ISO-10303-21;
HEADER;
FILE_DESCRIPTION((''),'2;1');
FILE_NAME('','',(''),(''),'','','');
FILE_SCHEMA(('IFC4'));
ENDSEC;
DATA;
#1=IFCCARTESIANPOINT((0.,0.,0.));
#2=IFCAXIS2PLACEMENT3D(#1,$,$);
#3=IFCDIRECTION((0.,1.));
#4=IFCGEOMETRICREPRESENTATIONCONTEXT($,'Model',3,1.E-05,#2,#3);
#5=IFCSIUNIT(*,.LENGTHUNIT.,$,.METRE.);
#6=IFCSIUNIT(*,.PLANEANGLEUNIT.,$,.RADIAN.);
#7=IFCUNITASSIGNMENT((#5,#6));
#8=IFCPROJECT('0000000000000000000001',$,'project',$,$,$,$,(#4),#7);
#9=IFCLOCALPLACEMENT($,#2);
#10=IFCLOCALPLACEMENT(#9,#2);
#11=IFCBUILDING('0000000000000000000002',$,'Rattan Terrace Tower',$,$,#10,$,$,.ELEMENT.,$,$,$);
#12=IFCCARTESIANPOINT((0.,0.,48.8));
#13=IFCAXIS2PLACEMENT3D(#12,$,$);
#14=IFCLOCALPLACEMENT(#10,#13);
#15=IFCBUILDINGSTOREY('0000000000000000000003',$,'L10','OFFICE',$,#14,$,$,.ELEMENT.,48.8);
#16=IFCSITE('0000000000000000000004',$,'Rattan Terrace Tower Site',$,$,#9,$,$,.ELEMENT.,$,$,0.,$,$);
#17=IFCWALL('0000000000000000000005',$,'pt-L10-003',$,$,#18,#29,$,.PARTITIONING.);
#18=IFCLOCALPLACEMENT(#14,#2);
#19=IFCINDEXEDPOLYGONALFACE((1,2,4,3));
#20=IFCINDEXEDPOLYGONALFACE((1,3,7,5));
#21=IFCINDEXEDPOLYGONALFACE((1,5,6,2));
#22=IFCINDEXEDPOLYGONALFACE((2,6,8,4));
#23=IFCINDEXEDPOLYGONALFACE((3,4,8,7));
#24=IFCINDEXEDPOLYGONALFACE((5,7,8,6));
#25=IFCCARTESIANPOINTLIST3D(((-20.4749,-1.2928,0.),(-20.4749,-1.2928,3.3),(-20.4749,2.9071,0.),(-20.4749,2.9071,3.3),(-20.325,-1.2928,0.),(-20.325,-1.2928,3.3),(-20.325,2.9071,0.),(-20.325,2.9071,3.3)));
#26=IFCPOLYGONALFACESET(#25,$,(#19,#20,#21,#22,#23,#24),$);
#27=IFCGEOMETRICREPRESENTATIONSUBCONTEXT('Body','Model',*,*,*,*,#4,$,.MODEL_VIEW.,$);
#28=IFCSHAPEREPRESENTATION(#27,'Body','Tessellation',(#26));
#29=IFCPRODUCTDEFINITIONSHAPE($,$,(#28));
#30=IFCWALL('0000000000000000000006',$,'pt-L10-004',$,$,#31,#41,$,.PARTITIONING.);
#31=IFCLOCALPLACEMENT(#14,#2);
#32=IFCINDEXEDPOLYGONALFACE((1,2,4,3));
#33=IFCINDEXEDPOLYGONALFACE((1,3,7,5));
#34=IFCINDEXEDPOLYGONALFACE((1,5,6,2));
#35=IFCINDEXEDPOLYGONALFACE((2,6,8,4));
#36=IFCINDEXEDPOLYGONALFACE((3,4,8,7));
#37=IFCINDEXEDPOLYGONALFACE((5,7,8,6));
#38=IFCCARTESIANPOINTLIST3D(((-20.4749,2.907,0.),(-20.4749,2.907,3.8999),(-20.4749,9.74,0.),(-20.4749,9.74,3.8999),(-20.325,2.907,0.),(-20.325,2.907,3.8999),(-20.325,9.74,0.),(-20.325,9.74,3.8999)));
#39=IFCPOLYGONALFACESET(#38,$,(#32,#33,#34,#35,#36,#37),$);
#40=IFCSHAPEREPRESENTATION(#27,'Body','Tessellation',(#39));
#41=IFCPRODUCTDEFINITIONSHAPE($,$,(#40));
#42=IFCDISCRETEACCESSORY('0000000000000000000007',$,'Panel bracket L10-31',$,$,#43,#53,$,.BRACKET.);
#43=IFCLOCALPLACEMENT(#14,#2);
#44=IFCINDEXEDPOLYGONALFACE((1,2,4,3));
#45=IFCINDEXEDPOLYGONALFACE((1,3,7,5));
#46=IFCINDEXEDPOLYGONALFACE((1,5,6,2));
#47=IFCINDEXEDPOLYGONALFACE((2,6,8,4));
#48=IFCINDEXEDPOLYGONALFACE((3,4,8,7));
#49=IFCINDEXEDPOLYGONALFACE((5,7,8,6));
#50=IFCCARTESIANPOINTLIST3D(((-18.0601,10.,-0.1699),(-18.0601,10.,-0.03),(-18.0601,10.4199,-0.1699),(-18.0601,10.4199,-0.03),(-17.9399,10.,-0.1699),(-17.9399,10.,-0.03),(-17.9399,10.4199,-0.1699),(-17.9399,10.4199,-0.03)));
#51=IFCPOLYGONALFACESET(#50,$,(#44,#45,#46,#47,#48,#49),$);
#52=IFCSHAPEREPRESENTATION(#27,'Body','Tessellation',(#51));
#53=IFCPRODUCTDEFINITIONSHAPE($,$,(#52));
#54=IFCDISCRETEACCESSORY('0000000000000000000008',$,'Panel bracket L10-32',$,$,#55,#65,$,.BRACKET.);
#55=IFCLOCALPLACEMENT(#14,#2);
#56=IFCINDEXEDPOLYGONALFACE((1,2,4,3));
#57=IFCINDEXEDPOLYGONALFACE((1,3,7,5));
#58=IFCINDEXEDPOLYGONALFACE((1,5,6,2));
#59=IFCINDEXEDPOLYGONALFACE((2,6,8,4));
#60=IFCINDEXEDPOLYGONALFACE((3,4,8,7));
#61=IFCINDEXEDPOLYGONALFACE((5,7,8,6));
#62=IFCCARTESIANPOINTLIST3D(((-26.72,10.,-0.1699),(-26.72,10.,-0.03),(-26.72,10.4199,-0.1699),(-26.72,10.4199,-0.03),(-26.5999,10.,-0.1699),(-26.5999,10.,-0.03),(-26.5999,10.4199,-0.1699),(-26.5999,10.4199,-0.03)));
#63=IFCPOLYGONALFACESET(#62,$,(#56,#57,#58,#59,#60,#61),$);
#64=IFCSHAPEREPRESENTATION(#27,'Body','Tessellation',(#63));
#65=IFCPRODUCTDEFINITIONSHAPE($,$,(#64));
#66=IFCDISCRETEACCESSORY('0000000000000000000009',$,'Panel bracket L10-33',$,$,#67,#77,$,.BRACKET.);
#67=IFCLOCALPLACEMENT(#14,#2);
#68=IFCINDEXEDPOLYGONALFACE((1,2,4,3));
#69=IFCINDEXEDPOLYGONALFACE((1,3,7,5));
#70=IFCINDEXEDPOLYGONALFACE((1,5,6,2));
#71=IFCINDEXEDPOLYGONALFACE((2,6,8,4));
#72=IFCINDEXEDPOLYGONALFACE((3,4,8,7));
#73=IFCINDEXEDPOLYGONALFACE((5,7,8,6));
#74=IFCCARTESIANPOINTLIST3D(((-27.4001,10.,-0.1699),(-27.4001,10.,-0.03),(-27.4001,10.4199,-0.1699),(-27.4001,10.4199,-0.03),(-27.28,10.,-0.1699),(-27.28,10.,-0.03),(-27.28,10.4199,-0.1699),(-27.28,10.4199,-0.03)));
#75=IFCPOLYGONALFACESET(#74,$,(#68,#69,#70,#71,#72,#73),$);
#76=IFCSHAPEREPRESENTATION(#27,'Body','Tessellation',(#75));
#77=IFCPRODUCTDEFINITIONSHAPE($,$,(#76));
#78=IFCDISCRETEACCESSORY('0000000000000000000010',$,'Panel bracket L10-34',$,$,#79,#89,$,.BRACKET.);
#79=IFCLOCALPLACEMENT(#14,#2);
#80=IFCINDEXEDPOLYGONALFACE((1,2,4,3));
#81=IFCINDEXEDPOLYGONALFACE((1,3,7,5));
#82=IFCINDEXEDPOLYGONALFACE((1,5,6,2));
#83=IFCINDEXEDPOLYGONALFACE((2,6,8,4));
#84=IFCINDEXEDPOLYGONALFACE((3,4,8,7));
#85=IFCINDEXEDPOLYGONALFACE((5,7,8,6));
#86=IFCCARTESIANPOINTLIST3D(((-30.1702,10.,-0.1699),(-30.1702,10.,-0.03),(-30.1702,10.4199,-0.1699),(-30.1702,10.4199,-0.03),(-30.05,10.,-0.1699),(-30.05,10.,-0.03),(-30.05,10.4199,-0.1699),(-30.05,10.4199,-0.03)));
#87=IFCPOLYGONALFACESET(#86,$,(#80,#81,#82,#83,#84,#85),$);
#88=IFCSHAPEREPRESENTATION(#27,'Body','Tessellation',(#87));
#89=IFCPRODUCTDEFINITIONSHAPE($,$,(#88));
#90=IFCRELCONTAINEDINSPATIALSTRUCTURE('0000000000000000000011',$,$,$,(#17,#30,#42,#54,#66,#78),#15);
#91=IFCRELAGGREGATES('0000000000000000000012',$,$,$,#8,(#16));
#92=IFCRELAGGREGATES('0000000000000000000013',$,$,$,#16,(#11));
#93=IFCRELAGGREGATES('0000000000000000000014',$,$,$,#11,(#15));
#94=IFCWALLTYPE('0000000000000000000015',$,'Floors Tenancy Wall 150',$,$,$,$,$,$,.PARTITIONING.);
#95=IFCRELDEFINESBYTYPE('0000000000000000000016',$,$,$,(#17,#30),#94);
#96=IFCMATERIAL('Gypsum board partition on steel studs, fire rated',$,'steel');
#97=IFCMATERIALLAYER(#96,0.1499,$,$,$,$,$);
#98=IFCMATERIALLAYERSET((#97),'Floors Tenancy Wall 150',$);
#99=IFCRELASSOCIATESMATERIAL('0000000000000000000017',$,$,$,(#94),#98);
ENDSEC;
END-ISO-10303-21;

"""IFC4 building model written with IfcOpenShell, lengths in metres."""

from ifc_helpers import new_model, si_unit, direction, frame, frame_2d, origin, origin_2d, place, context, subcontext, project, spatial, rectangle, extrude, material, layer, layer_set, type_object, element, save


model = new_model("IFC4")

# Units and contexts
model_context = context("Model", 3, precision=1e-05, world=origin(), true_north=direction((0.0, 1.0)))
body_context = subcontext(model_context, "Body", "Model", "MODEL_VIEW")
ifc_project = project(units=[si_unit("LENGTHUNIT", "METRE"), si_unit("PLANEANGLEUNIT", "RADIAN")], contexts=[model_context])

# Site, building, storey
site_placement = place(None, origin())
site = spatial("IfcSite", under=ifc_project, at=site_placement, Name="Rattan Terrace Tower Site", CompositionType="ELEMENT", RefElevation=0.0)
building_placement = place(site_placement, origin())
building = spatial("IfcBuilding", under=site, at=building_placement, Name="Rattan Terrace Tower", CompositionType="ELEMENT")
storey_placement = place(building_placement, frame((0.0, 0.0, 48.8)))
storey = spatial("IfcBuildingStorey", under=building, at=storey_placement, Name="L10", Description="OFFICE", CompositionType="ELEMENT", Elevation=48.8)

# Walls
ifc_material_1 = material(Name="Gypsum board partition on steel studs, fire rated", Category="steel")
ifc_layer_1 = layer(ifc_material_1, 0.1499)
ifc_layer_set_1 = layer_set([ifc_layer_1], Name="Floors Tenancy Wall 150")
wall_type_1 = type_object("IfcWallType", Name="Floors Tenancy Wall 150", PredefinedType="PARTITIONING", material=ifc_layer_set_1)
wall_1_placement = place(storey_placement, frame((-20.3999, -1.293, 0.0), z_axis=(0.0, 0.0, 1.0), x_axis=(0.0, 1.0, 0.0)))
element("IfcWall", 1, at=wall_1_placement, inside=storey, type_object=wall_type_1, Name="pt-L10-003", PredefinedType="PARTITIONING", context=body_context, shape_type="SweptSolid", body=[
    extrude(rectangle(XDim=4.2, YDim=0.1499, at=frame_2d((2.1001, 0.0))), origin(), (0.0, 0.0, 1.0), 3.3),
])
wall_2_placement = place(storey_placement, frame((-20.3999, 2.907, 0.0), z_axis=(0.0, 0.0, 1.0), x_axis=(0.0, 1.0, 0.0)))
element("IfcWall", 2, at=wall_2_placement, inside=storey, type_object=wall_type_1, Name="pt-L10-004", PredefinedType="PARTITIONING", context=body_context, shape_type="SweptSolid", body=[
    extrude(rectangle(XDim=6.833, YDim=0.1499, at=frame_2d((3.4165, 0.0))), origin(), (0.0, 0.0, 1.0), 3.8999),
])

# Discrete accessories
for number, where, z_axis, x_axis, name in (
    (3, (-18.0, 10.21, -0.1699), (0.0, 0.0, 1.0), (-1.0, 0.0, 0.0), "Panel bracket L10-31"),
    (4, (-26.6599, 10.21, -0.1699), (0.0, 0.0, 1.0), (-1.0, 0.0, 0.0), "Panel bracket L10-32"),
    (5, (-27.3401, 10.21, -0.1699), (0.0, 0.0, 1.0), (-1.0, 0.0, 0.0), "Panel bracket L10-33"),
    (6, (-30.1101, 10.21, -0.1699), (0.0, 0.0, 1.0), (-1.0, 0.0, 0.0), "Panel bracket L10-34"),
):
    element("IfcDiscreteAccessory", number, at=place(storey_placement, frame(where, z_axis=z_axis, x_axis=x_axis)), inside=storey, Name=name, PredefinedType="BRACKET", context=body_context, shape_type="SweptSolid", body=[
        extrude(rectangle(XDim=0.1201, YDim=0.4199, at=origin_2d()), origin(), (0.0, 0.0, 1.0), 0.1399),
    ])

save(model, "model.ifc")
